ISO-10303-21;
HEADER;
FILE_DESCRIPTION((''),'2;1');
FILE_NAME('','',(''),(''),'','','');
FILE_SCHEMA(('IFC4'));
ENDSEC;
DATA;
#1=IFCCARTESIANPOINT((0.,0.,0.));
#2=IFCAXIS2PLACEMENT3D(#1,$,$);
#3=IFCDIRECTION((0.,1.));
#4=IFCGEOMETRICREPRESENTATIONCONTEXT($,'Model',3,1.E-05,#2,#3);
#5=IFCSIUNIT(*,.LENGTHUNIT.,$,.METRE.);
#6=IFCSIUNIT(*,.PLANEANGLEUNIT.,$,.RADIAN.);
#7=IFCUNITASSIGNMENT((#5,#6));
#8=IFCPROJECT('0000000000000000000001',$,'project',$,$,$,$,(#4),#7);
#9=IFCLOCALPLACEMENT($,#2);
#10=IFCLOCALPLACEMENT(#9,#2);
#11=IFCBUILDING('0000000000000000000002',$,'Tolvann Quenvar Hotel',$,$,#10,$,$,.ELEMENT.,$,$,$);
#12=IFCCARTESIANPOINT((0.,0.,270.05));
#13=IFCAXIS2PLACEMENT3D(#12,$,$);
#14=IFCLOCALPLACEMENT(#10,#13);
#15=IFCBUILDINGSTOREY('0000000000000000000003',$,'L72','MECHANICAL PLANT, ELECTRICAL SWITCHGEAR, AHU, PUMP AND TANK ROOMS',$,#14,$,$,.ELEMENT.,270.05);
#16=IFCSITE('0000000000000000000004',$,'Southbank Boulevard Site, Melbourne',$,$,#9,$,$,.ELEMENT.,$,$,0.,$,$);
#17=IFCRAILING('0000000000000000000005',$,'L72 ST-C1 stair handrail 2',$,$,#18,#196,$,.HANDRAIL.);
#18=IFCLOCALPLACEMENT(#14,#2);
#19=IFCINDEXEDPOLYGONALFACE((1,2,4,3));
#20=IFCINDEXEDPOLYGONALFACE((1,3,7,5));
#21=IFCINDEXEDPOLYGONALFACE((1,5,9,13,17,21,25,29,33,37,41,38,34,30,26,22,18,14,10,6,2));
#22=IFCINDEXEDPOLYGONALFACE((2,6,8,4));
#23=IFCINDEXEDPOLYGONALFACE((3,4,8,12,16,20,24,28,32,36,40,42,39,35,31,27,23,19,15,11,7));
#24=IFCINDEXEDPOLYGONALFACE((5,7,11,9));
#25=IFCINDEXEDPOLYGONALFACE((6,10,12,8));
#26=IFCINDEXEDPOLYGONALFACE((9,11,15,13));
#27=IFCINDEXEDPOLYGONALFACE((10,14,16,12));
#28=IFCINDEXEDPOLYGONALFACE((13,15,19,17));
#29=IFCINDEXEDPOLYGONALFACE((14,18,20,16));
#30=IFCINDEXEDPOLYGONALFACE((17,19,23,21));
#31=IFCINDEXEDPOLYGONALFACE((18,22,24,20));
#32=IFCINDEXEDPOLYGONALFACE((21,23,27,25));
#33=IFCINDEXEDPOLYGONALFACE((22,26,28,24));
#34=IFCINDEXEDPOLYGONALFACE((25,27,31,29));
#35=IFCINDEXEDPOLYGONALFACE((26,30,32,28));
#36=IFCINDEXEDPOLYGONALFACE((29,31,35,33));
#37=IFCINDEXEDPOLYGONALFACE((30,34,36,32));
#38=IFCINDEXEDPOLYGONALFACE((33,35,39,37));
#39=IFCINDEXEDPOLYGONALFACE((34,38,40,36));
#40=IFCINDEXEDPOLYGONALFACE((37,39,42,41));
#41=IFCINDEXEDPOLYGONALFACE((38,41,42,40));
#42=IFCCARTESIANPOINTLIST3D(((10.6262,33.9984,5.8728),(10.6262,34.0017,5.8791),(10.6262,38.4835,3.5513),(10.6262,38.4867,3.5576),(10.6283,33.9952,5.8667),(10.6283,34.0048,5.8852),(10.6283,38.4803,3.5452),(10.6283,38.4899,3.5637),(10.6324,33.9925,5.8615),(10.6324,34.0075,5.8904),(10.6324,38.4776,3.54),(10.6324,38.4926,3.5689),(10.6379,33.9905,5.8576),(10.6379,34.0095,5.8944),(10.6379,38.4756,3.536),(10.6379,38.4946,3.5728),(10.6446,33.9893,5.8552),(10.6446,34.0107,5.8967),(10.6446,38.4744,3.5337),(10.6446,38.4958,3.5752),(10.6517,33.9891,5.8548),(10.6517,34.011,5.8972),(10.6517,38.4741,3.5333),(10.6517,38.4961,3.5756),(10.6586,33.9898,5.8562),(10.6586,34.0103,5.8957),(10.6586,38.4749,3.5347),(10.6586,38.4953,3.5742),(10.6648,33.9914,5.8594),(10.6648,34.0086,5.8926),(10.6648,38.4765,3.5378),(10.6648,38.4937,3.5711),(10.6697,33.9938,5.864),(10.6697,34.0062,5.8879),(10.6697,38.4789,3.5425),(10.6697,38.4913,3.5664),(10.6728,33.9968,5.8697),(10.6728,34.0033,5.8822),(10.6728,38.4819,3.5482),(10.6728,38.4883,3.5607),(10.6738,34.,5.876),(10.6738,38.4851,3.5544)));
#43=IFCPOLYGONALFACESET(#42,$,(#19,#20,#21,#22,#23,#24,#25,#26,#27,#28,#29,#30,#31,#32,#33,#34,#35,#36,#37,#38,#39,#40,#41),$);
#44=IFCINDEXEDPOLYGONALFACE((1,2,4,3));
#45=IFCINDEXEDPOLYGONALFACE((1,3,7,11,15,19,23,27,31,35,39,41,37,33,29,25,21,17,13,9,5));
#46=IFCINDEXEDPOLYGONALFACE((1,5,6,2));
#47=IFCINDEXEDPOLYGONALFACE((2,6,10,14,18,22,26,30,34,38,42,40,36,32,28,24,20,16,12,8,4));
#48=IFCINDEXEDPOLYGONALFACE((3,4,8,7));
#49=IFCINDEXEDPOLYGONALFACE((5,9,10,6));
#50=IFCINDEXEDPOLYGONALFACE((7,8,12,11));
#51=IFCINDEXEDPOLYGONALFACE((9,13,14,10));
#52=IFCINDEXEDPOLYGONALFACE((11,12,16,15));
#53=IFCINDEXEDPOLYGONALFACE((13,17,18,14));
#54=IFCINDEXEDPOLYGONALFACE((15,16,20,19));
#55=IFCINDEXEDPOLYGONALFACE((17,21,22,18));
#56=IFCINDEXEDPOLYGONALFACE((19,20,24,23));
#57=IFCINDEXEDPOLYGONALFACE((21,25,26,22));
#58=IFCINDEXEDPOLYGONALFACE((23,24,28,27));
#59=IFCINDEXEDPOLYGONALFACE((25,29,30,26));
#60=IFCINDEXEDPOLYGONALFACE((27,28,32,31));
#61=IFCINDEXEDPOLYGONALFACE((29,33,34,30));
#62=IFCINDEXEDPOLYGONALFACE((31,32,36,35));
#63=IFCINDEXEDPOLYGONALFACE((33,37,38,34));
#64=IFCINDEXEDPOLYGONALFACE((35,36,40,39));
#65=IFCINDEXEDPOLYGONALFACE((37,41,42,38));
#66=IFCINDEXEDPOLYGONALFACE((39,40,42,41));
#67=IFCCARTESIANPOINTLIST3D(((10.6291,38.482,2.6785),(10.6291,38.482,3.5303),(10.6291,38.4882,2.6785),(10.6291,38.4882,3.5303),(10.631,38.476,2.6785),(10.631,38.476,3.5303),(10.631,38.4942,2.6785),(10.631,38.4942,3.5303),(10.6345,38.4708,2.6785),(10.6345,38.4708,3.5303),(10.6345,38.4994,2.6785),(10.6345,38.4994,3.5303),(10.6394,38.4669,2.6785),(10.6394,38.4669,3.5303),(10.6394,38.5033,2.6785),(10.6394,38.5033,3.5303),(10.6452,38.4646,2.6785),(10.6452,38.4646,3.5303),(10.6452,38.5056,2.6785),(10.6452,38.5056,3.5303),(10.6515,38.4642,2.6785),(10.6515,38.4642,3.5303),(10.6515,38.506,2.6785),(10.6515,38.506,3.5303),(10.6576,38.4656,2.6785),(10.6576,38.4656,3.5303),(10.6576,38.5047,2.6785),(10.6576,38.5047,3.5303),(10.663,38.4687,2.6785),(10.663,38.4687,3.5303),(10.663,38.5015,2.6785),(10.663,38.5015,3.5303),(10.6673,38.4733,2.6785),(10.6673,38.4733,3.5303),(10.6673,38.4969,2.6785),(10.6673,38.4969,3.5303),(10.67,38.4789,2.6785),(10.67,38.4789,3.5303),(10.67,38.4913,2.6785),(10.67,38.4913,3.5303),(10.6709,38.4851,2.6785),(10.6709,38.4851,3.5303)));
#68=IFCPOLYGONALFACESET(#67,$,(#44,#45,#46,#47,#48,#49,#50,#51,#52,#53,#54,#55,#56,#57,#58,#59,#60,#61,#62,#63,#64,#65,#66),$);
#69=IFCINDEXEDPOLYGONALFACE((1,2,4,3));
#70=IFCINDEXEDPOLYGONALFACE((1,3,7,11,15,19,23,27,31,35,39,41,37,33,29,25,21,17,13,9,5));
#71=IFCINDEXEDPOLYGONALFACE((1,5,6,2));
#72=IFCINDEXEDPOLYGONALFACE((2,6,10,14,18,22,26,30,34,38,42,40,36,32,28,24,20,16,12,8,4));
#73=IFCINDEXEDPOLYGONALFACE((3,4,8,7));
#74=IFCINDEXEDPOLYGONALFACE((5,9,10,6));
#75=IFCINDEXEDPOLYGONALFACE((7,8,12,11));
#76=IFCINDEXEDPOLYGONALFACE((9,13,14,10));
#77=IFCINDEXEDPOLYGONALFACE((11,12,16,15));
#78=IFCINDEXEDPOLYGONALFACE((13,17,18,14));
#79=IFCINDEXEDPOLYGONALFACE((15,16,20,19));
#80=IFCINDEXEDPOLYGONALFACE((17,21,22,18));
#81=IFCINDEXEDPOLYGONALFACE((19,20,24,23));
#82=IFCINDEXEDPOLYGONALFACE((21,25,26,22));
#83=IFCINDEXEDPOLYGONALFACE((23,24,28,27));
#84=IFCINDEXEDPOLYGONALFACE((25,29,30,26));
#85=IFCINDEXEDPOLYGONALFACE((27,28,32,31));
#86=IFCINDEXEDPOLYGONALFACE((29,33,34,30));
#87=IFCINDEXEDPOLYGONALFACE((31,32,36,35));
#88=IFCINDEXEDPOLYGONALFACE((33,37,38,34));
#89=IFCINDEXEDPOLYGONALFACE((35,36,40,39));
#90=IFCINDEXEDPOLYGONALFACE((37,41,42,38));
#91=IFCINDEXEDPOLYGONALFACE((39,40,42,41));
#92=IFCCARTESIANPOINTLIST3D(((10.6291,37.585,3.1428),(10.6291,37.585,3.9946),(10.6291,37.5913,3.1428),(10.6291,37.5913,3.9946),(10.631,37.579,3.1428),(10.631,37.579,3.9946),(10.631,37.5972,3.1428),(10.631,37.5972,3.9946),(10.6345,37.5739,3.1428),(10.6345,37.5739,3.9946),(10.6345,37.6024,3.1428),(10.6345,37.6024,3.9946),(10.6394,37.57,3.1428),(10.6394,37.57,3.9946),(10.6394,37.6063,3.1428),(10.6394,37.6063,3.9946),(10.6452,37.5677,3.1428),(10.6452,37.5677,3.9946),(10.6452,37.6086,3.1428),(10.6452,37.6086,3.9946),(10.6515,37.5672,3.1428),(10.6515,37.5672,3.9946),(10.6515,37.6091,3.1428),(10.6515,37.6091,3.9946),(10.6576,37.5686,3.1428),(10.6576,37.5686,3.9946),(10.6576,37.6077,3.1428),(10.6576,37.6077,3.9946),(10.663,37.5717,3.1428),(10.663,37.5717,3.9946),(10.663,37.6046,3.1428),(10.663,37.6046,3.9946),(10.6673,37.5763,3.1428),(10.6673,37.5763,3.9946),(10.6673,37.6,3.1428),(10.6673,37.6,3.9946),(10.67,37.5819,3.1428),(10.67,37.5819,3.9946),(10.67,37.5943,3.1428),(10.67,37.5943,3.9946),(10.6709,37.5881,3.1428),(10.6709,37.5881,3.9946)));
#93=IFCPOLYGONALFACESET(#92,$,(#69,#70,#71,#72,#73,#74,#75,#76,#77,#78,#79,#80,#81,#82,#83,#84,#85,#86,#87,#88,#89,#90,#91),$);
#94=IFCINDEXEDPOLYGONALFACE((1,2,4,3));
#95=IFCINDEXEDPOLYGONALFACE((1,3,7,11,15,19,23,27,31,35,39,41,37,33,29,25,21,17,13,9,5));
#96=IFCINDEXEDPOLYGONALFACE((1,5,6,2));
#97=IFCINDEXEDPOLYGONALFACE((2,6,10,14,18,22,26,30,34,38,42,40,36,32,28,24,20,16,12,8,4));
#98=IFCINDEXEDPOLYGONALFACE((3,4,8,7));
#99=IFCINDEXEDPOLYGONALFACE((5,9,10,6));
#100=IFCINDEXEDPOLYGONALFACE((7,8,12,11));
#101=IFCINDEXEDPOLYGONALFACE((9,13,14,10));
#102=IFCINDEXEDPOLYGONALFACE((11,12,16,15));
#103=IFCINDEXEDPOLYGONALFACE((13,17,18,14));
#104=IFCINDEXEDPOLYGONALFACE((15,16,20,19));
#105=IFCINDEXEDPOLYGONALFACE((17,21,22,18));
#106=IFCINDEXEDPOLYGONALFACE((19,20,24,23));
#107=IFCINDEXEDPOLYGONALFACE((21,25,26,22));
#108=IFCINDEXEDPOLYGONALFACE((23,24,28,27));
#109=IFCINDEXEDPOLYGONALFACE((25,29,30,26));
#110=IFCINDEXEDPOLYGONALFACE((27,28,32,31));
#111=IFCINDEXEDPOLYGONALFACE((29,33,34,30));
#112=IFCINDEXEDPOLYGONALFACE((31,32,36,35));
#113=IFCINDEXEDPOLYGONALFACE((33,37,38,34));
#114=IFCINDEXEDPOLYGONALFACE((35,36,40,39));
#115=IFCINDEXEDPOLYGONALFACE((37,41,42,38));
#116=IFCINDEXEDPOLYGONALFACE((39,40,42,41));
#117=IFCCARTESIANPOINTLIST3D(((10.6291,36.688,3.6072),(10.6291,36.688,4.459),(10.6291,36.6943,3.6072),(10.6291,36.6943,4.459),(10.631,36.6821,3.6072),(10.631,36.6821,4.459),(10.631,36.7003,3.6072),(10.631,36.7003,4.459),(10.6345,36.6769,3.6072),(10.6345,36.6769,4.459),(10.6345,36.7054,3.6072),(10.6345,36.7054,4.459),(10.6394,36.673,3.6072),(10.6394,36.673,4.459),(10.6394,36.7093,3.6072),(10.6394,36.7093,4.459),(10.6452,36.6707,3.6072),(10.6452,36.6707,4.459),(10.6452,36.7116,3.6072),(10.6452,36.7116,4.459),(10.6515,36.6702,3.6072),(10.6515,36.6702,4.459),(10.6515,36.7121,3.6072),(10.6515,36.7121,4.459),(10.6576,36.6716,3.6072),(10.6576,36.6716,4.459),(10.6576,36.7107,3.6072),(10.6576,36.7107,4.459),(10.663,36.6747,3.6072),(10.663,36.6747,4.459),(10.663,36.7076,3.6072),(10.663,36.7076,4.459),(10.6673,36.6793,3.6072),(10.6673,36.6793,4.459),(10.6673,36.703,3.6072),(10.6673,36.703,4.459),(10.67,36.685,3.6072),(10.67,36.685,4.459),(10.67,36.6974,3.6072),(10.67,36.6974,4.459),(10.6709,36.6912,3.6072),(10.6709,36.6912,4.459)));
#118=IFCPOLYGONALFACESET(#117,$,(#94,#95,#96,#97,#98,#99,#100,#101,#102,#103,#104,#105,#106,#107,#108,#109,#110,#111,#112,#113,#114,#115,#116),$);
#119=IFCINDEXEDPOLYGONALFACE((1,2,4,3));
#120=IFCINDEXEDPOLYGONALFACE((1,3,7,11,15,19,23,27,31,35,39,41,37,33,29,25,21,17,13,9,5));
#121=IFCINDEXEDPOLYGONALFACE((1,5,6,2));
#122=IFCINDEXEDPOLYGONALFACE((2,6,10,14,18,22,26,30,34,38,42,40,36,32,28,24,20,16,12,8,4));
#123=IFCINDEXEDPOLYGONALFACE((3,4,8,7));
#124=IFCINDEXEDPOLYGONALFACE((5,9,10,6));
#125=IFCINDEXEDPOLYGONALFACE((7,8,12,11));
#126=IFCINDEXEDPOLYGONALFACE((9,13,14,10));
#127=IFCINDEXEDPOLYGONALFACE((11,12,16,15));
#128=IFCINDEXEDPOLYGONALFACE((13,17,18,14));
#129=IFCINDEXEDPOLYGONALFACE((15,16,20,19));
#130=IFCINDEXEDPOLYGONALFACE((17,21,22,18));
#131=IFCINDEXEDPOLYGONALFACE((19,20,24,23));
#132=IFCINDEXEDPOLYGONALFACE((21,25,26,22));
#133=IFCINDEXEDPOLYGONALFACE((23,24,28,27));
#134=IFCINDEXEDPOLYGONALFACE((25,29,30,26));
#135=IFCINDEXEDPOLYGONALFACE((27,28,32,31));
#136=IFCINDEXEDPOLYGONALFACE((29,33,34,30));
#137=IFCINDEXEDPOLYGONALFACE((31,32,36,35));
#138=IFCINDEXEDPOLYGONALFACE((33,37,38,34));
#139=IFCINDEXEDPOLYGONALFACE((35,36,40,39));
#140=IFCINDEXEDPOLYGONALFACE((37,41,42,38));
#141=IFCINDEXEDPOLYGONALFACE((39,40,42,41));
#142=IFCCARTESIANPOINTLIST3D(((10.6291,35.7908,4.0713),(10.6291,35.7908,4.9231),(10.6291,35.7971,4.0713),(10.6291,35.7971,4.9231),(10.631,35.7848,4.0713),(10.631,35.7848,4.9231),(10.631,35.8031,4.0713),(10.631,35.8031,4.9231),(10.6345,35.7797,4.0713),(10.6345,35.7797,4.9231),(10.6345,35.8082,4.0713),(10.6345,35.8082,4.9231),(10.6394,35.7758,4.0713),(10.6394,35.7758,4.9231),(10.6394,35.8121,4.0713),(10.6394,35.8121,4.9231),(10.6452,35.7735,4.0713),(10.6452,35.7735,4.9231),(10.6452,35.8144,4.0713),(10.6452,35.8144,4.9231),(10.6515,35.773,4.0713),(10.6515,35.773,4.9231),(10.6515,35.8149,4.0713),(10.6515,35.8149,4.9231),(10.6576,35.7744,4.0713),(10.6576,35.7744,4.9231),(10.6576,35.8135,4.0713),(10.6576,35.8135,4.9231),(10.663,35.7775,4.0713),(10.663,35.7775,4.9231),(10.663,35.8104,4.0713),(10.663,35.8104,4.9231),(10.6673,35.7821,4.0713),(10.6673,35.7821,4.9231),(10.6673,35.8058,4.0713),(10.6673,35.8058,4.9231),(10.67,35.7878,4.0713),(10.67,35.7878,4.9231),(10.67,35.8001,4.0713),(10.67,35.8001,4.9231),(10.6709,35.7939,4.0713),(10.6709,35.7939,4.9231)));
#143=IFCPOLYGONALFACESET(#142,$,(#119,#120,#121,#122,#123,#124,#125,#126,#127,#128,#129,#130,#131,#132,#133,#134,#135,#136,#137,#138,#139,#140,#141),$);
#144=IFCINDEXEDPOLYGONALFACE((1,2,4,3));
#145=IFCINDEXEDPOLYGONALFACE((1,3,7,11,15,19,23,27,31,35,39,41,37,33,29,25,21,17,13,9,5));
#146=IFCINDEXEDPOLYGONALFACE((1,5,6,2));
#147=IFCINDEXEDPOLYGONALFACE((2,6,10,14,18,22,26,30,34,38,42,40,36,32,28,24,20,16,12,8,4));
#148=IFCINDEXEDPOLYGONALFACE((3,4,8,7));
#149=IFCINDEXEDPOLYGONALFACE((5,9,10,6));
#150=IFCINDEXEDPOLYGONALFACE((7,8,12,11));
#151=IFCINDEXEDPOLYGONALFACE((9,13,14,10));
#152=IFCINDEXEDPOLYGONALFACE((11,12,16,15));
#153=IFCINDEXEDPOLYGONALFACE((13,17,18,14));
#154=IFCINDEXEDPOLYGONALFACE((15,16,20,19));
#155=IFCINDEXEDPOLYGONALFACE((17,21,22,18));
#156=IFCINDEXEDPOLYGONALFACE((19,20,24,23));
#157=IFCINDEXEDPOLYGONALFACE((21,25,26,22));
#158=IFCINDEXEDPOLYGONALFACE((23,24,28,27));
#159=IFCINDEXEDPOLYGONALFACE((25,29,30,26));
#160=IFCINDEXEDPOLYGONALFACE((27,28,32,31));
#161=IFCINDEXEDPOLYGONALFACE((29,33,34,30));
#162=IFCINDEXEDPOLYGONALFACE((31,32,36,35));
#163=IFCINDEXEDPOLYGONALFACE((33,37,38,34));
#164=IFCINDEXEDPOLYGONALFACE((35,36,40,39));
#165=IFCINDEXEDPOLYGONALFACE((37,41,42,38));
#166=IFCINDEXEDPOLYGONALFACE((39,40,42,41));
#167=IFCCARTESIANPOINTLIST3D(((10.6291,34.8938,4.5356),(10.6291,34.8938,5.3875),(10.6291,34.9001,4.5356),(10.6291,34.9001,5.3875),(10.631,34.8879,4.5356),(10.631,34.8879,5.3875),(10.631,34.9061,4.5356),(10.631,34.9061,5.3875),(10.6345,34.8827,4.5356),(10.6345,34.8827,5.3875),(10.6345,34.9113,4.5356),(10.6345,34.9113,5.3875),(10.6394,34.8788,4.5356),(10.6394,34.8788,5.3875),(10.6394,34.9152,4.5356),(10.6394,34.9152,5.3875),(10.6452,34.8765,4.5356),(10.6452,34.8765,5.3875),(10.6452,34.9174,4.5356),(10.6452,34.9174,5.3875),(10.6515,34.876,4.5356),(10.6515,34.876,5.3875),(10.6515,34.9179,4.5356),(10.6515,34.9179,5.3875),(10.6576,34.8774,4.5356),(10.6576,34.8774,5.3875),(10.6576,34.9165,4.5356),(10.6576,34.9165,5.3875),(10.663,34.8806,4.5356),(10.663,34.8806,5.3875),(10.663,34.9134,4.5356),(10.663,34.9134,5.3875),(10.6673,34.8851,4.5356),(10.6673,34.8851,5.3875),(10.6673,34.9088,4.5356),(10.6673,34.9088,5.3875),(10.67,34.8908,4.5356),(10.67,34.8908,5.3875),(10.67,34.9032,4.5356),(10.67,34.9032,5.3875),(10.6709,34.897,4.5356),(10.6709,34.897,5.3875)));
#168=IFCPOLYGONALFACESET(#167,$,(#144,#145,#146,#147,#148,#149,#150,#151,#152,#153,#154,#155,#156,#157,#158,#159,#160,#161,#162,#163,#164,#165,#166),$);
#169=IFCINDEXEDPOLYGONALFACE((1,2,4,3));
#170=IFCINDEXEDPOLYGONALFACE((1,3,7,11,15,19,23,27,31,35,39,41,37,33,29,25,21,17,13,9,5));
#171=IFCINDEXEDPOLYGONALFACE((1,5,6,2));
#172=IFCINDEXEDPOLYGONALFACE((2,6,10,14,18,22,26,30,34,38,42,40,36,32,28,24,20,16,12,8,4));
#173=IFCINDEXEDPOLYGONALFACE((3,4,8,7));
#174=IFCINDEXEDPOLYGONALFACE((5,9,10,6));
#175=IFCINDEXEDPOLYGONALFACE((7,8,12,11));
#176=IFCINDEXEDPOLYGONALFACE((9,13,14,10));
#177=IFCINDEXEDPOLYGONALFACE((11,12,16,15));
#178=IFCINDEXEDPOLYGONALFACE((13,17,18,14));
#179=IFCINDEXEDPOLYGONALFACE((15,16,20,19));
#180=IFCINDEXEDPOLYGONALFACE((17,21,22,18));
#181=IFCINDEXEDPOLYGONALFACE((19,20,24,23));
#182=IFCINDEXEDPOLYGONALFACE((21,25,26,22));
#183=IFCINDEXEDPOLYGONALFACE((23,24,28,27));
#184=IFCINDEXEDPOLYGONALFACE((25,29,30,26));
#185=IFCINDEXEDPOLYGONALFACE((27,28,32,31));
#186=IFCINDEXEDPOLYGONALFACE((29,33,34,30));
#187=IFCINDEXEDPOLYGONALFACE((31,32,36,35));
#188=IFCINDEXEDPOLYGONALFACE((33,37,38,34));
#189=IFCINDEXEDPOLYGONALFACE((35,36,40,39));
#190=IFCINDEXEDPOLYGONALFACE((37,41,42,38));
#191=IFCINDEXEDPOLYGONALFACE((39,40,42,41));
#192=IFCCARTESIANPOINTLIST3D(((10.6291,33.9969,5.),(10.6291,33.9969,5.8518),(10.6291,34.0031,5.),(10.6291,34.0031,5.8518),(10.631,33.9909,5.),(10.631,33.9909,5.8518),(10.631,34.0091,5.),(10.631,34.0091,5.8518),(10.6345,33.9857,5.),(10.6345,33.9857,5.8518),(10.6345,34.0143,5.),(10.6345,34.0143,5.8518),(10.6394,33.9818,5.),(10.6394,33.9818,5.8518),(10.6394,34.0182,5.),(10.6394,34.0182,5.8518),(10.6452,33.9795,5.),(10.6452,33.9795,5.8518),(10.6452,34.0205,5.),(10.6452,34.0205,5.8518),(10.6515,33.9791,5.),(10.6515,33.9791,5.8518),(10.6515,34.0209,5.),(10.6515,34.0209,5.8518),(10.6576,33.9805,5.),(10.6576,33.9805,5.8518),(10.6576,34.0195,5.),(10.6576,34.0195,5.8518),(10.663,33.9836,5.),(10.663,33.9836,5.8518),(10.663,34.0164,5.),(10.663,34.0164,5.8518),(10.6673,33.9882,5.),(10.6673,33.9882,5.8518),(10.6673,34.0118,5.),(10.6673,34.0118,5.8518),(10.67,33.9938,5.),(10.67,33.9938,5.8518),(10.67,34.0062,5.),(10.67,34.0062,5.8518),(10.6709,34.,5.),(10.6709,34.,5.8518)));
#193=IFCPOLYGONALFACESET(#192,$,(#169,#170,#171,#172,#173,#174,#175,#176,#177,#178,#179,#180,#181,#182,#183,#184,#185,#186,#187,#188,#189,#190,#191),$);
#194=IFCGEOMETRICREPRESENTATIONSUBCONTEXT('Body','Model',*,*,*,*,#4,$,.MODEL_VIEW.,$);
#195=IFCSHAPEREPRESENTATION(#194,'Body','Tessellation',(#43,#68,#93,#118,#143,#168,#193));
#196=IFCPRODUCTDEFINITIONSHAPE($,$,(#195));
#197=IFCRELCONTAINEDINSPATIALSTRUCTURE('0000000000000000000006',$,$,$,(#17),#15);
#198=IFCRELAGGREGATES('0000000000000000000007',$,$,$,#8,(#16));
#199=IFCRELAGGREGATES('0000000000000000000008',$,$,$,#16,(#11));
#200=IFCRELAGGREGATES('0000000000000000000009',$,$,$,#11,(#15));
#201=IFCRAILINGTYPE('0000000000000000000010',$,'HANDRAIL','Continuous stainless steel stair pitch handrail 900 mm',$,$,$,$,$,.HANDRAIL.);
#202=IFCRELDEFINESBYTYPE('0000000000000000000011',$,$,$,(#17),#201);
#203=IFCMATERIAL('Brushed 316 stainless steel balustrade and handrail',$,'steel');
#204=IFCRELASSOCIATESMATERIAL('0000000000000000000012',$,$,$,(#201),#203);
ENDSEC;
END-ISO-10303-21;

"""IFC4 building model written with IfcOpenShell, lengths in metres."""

from ifc_helpers import new_model, si_unit, direction, frame, origin, origin_2d, place, context, subcontext, project, spatial, circle, extrude, material, type_object, element, save


model = new_model("IFC4")

# Units and contexts
model_context = context("Model", 3, precision=1e-05, world=origin(), true_north=direction((0.0, 1.0)))
body_context = subcontext(model_context, "Body", "Model", "MODEL_VIEW")
ifc_project = project(units=[si_unit("LENGTHUNIT", "METRE"), si_unit("PLANEANGLEUNIT", "RADIAN")], contexts=[model_context])

# Site, building, storey
site_placement = place(None, origin())
site = spatial("IfcSite", under=ifc_project, at=site_placement, Name="Southbank Boulevard Site, Melbourne", CompositionType="ELEMENT", RefElevation=0.0)
building_placement = place(site_placement, origin())
building = spatial("IfcBuilding", under=site, at=building_placement, Name="Tolvann Quenvar Hotel", CompositionType="ELEMENT")
storey_placement = place(building_placement, frame((0.0, 0.0, 270.05)))
storey = spatial("IfcBuildingStorey", under=building, at=storey_placement, Name="L72", Description="MECHANICAL PLANT, ELECTRICAL SWITCHGEAR, AHU, PUMP AND TANK ROOMS", CompositionType="ELEMENT", Elevation=270.05)

# Railing
ifc_material_1 = material(Name="Brushed 316 stainless steel balustrade and handrail", Category="steel")
railing_type_1 = type_object("IfcRailingType", Name="HANDRAIL", Description="Continuous stainless steel stair pitch handrail 900 mm", PredefinedType="HANDRAIL", material=ifc_material_1)
railing_1_placement = place(storey_placement, frame((10.6499, 38.4851, 2.6785)))
element("IfcRailing", 1, at=railing_1_placement, inside=storey, type_object=railing_type_1, Name="L72 ST-C1 stair handrail 2", PredefinedType="HANDRAIL", context=body_context, shape_type="SweptSolid", body=[
    extrude(circle(Radius=0.0239, at=origin_2d()), frame((0.0, 0.0, 0.876), z_axis=(0.0, -0.888084, 0.459681), x_axis=(1.0, 0.0, 0.0)), (0.0, 0.0, 1.0), 5.0503),
    extrude(circle(Radius=0.021, at=origin_2d()), origin(), (0.0, 0.0, 1.0), 0.8518),
    extrude(circle(Radius=0.021, at=origin_2d()), frame((0.0, -0.897, 0.4644)), (0.0, 0.0, 1.0), 0.8518),
    extrude(circle(Radius=0.021, at=origin_2d()), frame((0.0, -1.7939, 0.9287)), (0.0, 0.0, 1.0), 0.8518),
    extrude(circle(Radius=0.021, at=origin_2d()), frame((0.0, -2.6912, 1.3928)), (0.0, 0.0, 1.0), 0.8518),
    extrude(circle(Radius=0.021, at=origin_2d()), frame((0.0, -3.5881, 1.8572)), (0.0, 0.0, 1.0), 0.8518),
    extrude(circle(Radius=0.021, at=origin_2d()), frame((0.0, -4.4851, 2.3215)), (0.0, 0.0, 1.0), 0.8518),
])

save(model, "model.ifc")
